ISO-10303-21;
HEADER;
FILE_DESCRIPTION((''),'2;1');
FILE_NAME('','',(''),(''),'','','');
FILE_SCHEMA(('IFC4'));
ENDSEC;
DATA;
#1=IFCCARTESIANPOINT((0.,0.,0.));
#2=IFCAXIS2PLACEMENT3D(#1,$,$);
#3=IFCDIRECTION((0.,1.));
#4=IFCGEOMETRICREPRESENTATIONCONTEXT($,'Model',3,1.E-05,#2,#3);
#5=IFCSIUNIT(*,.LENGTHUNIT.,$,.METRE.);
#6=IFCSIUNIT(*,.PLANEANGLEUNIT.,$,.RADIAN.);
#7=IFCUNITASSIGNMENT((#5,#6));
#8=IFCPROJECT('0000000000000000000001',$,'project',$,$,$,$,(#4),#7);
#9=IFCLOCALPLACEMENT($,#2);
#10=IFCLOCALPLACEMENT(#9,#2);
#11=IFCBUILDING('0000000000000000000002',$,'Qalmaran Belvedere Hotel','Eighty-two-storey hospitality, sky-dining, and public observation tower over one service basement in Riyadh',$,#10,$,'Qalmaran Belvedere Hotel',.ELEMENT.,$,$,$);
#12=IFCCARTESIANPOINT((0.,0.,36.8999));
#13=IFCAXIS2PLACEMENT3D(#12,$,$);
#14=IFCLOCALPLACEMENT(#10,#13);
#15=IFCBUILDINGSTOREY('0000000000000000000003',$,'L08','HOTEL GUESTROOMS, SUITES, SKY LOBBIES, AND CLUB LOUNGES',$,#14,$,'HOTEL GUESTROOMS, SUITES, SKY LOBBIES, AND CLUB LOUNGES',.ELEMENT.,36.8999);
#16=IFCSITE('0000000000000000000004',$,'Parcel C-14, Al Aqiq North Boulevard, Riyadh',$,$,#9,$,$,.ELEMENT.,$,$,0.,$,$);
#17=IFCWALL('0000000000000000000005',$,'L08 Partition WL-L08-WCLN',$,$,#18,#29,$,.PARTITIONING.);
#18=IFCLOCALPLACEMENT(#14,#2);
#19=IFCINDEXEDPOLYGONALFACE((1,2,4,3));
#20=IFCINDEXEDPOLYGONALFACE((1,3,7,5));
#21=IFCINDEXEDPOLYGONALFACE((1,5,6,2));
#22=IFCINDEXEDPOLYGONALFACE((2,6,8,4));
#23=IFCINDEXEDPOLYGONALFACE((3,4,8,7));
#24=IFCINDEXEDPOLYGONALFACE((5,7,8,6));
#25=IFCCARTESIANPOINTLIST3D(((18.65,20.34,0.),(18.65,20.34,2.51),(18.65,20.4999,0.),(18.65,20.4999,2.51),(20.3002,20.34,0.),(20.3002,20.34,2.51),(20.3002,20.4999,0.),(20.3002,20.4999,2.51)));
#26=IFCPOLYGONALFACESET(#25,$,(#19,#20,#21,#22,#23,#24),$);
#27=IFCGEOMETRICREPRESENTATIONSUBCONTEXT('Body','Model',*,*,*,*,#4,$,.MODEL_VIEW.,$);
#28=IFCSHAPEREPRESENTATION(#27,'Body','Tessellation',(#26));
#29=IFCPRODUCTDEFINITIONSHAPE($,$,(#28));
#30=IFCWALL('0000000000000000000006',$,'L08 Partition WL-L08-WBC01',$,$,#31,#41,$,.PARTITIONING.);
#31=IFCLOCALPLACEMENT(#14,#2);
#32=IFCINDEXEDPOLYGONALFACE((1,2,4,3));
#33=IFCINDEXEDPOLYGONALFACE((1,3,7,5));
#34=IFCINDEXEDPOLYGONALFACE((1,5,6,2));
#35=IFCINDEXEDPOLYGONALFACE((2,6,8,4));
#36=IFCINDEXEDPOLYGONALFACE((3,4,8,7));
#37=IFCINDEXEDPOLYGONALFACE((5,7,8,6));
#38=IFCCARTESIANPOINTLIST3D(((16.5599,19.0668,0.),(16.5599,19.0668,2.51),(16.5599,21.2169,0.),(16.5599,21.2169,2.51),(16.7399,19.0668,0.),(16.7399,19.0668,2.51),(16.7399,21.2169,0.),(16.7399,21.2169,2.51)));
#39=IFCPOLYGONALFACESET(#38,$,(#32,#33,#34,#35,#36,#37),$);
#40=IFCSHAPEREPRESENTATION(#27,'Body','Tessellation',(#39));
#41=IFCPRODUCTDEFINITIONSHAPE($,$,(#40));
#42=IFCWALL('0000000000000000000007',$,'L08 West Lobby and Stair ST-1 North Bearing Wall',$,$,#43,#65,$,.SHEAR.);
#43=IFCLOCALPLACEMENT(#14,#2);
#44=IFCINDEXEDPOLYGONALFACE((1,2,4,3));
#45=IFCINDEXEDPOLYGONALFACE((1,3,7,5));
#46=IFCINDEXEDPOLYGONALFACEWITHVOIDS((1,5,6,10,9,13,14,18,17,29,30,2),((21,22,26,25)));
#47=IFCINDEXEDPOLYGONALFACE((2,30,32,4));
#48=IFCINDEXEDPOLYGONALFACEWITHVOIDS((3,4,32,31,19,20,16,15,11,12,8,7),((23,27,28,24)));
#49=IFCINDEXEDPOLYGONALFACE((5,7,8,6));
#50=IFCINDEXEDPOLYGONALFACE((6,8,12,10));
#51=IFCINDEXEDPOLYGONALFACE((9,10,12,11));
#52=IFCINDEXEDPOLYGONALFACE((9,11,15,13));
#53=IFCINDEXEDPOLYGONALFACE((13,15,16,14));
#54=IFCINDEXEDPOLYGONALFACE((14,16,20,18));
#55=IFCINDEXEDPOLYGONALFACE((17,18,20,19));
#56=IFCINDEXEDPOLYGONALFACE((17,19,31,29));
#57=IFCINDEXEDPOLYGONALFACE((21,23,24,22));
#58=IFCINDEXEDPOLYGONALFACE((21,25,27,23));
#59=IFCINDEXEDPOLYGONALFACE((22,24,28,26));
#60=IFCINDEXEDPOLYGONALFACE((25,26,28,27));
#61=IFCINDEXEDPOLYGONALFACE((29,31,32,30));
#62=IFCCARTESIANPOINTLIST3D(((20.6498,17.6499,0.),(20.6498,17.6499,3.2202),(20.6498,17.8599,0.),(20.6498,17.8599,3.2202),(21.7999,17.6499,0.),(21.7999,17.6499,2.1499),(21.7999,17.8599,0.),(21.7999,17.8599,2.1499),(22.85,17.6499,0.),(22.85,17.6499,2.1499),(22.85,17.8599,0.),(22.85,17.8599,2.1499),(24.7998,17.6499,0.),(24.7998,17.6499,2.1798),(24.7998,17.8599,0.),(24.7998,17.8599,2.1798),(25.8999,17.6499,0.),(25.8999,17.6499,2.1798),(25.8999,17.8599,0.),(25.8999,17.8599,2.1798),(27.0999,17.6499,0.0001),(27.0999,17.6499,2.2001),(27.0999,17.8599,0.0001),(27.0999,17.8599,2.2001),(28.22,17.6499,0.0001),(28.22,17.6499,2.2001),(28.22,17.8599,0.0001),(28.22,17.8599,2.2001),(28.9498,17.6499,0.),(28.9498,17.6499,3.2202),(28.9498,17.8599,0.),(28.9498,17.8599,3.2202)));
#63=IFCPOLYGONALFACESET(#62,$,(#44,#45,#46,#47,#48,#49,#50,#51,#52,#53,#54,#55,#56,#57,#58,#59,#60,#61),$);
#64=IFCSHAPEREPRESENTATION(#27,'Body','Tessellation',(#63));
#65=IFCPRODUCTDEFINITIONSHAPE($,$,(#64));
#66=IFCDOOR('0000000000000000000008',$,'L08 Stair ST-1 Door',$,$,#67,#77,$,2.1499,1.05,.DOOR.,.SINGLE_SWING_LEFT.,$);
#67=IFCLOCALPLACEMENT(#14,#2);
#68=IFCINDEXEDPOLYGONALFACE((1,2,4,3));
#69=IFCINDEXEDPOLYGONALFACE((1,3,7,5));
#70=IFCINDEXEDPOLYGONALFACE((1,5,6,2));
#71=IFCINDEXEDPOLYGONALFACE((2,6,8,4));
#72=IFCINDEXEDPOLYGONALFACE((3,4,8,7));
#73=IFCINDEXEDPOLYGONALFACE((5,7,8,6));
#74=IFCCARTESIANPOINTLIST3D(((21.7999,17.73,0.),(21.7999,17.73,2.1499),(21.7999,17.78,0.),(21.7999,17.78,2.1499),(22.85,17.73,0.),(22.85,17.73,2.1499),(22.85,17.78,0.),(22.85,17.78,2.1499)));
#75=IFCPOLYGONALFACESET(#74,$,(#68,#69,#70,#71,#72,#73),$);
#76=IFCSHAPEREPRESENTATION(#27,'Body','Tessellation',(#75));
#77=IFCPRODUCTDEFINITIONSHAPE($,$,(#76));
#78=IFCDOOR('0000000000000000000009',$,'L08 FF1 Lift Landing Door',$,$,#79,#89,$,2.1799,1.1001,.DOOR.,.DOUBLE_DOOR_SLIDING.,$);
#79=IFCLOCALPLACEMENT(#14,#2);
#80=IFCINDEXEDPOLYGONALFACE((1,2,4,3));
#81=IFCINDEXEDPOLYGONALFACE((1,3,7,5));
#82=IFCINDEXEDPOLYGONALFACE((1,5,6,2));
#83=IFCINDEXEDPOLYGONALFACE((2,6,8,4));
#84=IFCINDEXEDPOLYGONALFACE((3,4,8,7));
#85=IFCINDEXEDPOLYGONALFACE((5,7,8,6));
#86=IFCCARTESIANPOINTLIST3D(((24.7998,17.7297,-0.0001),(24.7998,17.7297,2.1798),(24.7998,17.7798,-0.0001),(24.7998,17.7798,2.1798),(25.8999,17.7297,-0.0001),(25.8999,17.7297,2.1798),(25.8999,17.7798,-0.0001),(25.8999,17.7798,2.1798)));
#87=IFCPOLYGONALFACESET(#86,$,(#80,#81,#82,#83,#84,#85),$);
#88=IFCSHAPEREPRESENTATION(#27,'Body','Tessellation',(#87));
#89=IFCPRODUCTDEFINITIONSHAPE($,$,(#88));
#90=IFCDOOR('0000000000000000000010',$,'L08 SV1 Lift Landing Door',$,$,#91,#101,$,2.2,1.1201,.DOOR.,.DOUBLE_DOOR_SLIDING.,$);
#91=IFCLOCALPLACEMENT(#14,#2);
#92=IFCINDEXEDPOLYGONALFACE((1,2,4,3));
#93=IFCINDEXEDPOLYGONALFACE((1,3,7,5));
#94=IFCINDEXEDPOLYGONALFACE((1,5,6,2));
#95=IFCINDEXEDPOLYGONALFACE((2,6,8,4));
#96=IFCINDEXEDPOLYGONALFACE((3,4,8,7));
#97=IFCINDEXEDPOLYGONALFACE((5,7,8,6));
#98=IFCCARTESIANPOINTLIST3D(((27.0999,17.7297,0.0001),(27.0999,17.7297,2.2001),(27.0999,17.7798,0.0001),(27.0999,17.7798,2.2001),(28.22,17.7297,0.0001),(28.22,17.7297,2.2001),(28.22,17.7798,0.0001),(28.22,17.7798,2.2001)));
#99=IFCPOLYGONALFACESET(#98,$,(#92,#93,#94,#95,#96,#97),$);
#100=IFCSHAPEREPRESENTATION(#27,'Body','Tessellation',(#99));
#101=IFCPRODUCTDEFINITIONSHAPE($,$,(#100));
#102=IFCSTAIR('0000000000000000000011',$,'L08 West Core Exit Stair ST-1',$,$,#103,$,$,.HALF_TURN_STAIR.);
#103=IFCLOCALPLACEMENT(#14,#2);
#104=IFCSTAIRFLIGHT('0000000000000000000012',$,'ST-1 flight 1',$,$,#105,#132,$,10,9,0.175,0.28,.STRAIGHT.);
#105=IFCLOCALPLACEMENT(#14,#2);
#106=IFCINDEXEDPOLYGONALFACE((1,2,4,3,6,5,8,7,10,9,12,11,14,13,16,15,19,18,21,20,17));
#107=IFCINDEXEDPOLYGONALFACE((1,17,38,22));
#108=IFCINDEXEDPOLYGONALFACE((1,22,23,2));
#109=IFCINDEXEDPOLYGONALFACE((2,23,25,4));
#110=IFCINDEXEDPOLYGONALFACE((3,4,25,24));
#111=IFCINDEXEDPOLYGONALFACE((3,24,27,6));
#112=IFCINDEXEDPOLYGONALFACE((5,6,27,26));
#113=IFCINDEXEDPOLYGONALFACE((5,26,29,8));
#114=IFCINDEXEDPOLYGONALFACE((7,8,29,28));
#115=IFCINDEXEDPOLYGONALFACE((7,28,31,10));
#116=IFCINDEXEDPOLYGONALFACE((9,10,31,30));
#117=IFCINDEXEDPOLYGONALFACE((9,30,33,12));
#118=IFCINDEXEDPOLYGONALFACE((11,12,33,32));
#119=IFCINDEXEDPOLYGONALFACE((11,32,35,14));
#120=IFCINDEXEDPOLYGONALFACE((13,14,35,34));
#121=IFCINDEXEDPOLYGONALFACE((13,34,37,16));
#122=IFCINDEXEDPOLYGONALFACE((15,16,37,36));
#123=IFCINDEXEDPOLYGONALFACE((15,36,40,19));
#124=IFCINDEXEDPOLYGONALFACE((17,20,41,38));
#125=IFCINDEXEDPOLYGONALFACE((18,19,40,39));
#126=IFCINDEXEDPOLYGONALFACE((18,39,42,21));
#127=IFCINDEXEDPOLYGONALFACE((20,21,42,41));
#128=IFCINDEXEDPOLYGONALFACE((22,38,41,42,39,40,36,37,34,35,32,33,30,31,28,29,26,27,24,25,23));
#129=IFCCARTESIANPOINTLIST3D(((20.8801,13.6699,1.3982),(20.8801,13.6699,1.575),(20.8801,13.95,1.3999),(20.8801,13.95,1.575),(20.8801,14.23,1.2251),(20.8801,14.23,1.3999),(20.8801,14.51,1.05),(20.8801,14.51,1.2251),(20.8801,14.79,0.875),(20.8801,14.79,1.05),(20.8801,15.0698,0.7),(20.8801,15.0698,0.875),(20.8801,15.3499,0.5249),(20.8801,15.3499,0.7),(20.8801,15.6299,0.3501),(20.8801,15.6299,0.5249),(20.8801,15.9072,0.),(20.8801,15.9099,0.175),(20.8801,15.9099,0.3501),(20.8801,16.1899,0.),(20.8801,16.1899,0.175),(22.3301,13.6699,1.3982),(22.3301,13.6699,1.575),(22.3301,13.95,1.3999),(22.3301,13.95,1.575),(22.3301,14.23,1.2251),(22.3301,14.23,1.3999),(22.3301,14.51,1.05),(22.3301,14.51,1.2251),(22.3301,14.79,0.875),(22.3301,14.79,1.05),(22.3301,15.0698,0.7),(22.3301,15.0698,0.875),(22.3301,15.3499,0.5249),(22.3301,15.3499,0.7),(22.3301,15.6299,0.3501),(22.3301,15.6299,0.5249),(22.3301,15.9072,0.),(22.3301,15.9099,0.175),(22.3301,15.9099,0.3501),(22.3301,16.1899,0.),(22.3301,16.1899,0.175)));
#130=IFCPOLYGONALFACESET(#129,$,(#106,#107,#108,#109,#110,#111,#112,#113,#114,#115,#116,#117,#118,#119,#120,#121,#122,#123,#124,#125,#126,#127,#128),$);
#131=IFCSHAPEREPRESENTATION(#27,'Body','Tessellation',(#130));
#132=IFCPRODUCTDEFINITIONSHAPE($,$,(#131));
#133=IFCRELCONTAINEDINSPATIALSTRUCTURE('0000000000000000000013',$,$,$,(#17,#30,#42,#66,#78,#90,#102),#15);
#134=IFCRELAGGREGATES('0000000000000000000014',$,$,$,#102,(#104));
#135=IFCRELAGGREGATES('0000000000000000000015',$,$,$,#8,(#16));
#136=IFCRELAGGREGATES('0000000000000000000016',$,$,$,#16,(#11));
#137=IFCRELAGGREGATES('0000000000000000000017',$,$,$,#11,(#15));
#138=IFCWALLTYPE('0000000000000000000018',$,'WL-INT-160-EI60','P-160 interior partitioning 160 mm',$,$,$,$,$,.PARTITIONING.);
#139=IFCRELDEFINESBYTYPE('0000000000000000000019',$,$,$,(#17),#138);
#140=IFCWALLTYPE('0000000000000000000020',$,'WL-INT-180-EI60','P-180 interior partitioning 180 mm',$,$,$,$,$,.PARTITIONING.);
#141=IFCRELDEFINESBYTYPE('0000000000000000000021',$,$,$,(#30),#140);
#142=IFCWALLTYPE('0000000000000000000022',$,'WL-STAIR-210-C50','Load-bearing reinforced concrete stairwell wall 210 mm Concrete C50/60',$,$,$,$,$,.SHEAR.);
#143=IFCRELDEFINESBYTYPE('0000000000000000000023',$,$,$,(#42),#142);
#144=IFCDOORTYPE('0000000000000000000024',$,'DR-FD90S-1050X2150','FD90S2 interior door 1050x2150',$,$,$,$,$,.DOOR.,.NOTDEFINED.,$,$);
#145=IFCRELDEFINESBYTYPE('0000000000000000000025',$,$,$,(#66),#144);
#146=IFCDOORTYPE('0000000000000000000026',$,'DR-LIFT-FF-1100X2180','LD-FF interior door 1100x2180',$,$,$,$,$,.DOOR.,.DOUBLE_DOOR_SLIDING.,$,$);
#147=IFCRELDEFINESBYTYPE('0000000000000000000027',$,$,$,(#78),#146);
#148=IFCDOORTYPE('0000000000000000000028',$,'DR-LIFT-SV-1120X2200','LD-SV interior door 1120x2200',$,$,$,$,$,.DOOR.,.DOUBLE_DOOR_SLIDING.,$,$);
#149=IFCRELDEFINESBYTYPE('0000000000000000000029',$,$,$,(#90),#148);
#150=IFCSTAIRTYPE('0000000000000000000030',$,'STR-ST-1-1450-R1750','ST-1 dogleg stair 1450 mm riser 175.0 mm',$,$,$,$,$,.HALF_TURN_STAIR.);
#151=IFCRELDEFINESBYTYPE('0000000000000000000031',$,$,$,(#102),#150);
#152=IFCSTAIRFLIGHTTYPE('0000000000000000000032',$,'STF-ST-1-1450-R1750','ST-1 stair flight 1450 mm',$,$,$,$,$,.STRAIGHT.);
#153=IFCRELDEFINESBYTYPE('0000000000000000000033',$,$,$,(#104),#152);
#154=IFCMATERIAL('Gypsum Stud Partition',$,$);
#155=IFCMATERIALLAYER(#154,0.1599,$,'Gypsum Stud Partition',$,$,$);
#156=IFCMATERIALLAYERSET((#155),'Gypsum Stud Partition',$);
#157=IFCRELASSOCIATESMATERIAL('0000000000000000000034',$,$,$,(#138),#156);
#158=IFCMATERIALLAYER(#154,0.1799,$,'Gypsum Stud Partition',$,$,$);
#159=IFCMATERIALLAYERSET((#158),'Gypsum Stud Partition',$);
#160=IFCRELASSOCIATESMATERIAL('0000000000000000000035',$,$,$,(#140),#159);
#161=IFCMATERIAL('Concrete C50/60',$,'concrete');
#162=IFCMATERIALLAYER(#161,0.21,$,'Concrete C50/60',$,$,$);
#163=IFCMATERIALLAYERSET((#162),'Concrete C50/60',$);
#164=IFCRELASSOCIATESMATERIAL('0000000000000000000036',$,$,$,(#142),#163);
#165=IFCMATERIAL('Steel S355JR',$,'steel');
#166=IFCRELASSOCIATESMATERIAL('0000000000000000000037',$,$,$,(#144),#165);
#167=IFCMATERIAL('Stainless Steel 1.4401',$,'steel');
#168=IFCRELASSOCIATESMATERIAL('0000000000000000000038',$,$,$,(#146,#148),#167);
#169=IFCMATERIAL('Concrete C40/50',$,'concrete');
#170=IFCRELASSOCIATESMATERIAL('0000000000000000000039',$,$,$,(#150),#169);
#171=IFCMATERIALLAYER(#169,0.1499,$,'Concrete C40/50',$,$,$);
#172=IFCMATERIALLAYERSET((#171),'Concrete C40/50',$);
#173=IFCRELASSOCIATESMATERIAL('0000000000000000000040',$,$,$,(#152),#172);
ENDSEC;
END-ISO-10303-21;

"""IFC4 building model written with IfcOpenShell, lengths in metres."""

from ifc_helpers import new_model, si_unit, direction, frame, frame_2d, origin, place, context, subcontext, project, spatial, polyline, rectangle, outline, extrude, material, layer, layer_set, type_object, element, fill, aggregate, save


model = new_model("IFC4")

# Units and contexts
model_context = context("Model", 3, precision=1e-05, world=origin(), true_north=direction((0.0, 1.0)))
body_context = subcontext(model_context, "Body", "Model", "MODEL_VIEW")
ifc_project = project(units=[si_unit("LENGTHUNIT", "METRE"), si_unit("PLANEANGLEUNIT", "RADIAN")], contexts=[model_context])

# Site, building, storey
site_placement = place(None, origin())
site = spatial("IfcSite", under=ifc_project, at=site_placement, Name="Parcel C-14, Al Aqiq North Boulevard, Riyadh", CompositionType="ELEMENT", RefElevation=0.0)
building_placement = place(site_placement, origin())
building = spatial("IfcBuilding", under=site, at=building_placement, Name="Qalmaran Belvedere Hotel", Description="Eighty-two-storey hospitality, sky-dining, and public observation tower over one service basement in Riyadh", LongName="Qalmaran Belvedere Hotel", CompositionType="ELEMENT")
storey_placement = place(building_placement, frame((0.0, 0.0, 36.8999)))
storey = spatial("IfcBuildingStorey", under=building, at=storey_placement, Name="L08", Description="HOTEL GUESTROOMS, SUITES, SKY LOBBIES, AND CLUB LOUNGES", LongName="HOTEL GUESTROOMS, SUITES, SKY LOBBIES, AND CLUB LOUNGES", CompositionType="ELEMENT", Elevation=36.8999)

# Shared definitions
ifc_material_1 = material(Name="Steel S355JR", Category="steel")

# Shared definitions
ifc_material_2 = material(Name="Gypsum Stud Partition")
ifc_layer_1 = layer(ifc_material_2, 0.1599, Name="Gypsum Stud Partition")
ifc_layer_set_1 = layer_set([ifc_layer_1], Name="Gypsum Stud Partition")
wall_type_1 = type_object("IfcWallType", Name="WL-INT-160-EI60", Description="P-160 interior partitioning 160 mm", PredefinedType="PARTITIONING", material=ifc_layer_set_1)

# Wall
wall_1_placement = place(storey_placement, frame((18.6499, 20.4199, 0.0), z_axis=(0.0, 0.0, 1.0), x_axis=(1.0, 0.0, 0.0)))
element("IfcWall", 1, at=wall_1_placement, inside=storey, type_object=wall_type_1, Name="L08 Partition WL-L08-WCLN", PredefinedType="PARTITIONING", context=body_context, shape_type="SweptSolid", body=[
    extrude(rectangle(XDim=1.6501, YDim=0.1599, at=frame_2d((0.8252, 0.0))), origin(), (0.0, 0.0, 1.0), 2.51),
])

# Shared definitions
ifc_layer_2 = layer(ifc_material_2, 0.1799, Name="Gypsum Stud Partition")
ifc_layer_set_2 = layer_set([ifc_layer_2], Name="Gypsum Stud Partition")
wall_type_2 = type_object("IfcWallType", Name="WL-INT-180-EI60", Description="P-180 interior partitioning 180 mm", PredefinedType="PARTITIONING", material=ifc_layer_set_2)

# Wall
wall_2_placement = place(storey_placement, frame((16.6499, 19.0667, 0.0), z_axis=(0.0, 0.0, 1.0), x_axis=(0.0, 1.0, 0.0)))
element("IfcWall", 2, at=wall_2_placement, inside=storey, type_object=wall_type_2, Name="L08 Partition WL-L08-WBC01", PredefinedType="PARTITIONING", context=body_context, shape_type="SweptSolid", body=[
    extrude(rectangle(XDim=2.1501, YDim=0.1799, at=frame_2d((1.0752, 0.0))), origin(), (0.0, 0.0, 1.0), 2.51),
])

# Wall, openings, doors
ifc_material_3 = material(Name="Concrete C50/60", Category="concrete")
ifc_layer_3 = layer(ifc_material_3, 0.21, Name="Concrete C50/60")
ifc_layer_set_3 = layer_set([ifc_layer_3], Name="Concrete C50/60")
wall_type_3 = type_object("IfcWallType", Name="WL-STAIR-210-C50", Description="Load-bearing reinforced concrete stairwell wall 210 mm Concrete C50/60", PredefinedType="SHEAR", material=ifc_layer_set_3)
wall_3_placement = place(storey_placement, frame((20.6499, 17.7549, 0.0), z_axis=(0.0, 0.0, 1.0), x_axis=(1.0, 0.0, 0.0)))
wall_3 = element("IfcWall", 3, at=wall_3_placement, inside=storey, type_object=wall_type_3, Name="L08 West Lobby and Stair ST-1 North Bearing Wall", PredefinedType="SHEAR", context=body_context, shape_type="SweptSolid", body=[
    extrude(rectangle(XDim=8.3, YDim=0.21, at=frame_2d((4.1499, 0.0))), origin(), (0.0, 0.0, 1.0), 3.2202),
])
opening_1_placement = place(wall_3_placement, frame((2.2, 0.0, 0.0), z_axis=(0.0, 0.0, 1.0), x_axis=(-1.0, 0.0, 0.0)))
opening_1 = element("IfcOpeningElement", 4, at=opening_1_placement, cuts=wall_3, PredefinedType="OPENING", context=body_context, shape_type="SweptSolid", body=[
    extrude(rectangle(XDim=1.05, YDim=2.1499, at=frame_2d((0.5249, 1.075))), frame((0.0, 0.115, 0.0), z_axis=(0.0, -1.0, 0.0), x_axis=(1.0, 0.0, 0.0)), (0.0, 0.0, 1.0), 0.23),
])
opening_2_placement = place(wall_3_placement, frame((4.1499, 0.0, 0.0)))
opening_2 = element("IfcOpeningElement", 5, at=opening_2_placement, cuts=wall_3, PredefinedType="OPENING", context=body_context, shape_type="SweptSolid", body=[
    extrude(rectangle(XDim=1.1001, YDim=2.1799, at=frame_2d((0.55, 1.0898))), frame((0.0, 0.115, 0.0), z_axis=(0.0, -1.0, 0.0), x_axis=(1.0, 0.0, 0.0)), (0.0, 0.0, 1.0), 0.23),
])
opening_3_placement = place(wall_3_placement, frame((6.45, 0.0, 0.0)))
opening_3 = element("IfcOpeningElement", 6, at=opening_3_placement, cuts=wall_3, PredefinedType="OPENING", context=body_context, shape_type="SweptSolid", body=[
    extrude(rectangle(XDim=1.1201, YDim=2.2, at=frame_2d((0.5601, 1.1001))), frame((0.0, 0.115, 0.0), z_axis=(0.0, -1.0, 0.0), x_axis=(1.0, 0.0, 0.0)), (0.0, 0.0, 1.0), 0.23),
])
door_type_1 = type_object("IfcDoorType", Name="DR-FD90S-1050X2150", Description="FD90S2 interior door 1050x2150", OperationType="NOTDEFINED", PredefinedType="DOOR", material=ifc_material_1)
door_1_placement = place(opening_1_placement, origin())
door_1 = element("IfcDoor", 7, at=door_1_placement, inside=storey, type_object=door_type_1, Name="L08 Stair ST-1 Door", OperationType="SINGLE_SWING_LEFT", OverallHeight=2.1499, OverallWidth=1.05, PredefinedType="DOOR", context=body_context, shape_type="SweptSolid", body=[
    extrude(rectangle(XDim=1.05, YDim=2.1499, at=frame_2d((0.5249, 1.075))), frame((0.0, 0.0249, 0.0), z_axis=(0.0, -1.0, 0.0), x_axis=(1.0, 0.0, 0.0)), (0.0, 0.0, 1.0), 0.05),
])
fill(opening_1, door_1)
ifc_material_4 = material(Name="Stainless Steel 1.4401", Category="steel")
door_type_2 = type_object("IfcDoorType", Name="DR-LIFT-FF-1100X2180", Description="LD-FF interior door 1100x2180", OperationType="DOUBLE_DOOR_SLIDING", PredefinedType="DOOR", material=ifc_material_4)
door_2_placement = place(opening_2_placement, origin())
door_2 = element("IfcDoor", 8, at=door_2_placement, inside=storey, type_object=door_type_2, Name="L08 FF1 Lift Landing Door", OperationType="DOUBLE_DOOR_SLIDING", OverallHeight=2.1799, OverallWidth=1.1001, PredefinedType="DOOR", context=body_context, shape_type="SweptSolid", body=[
    extrude(rectangle(XDim=1.1001, YDim=2.1799, at=frame_2d((0.55, 1.0898))), frame((0.0, 0.0249, 0.0), z_axis=(0.0, -1.0, 0.0), x_axis=(1.0, 0.0, 0.0)), (0.0, 0.0, 1.0), 0.05),
])
fill(opening_2, door_2)
door_type_3 = type_object("IfcDoorType", Name="DR-LIFT-SV-1120X2200", Description="LD-SV interior door 1120x2200", OperationType="DOUBLE_DOOR_SLIDING", PredefinedType="DOOR", material=ifc_material_4)
door_3_placement = place(opening_3_placement, origin())
door_3 = element("IfcDoor", 9, at=door_3_placement, inside=storey, type_object=door_type_3, Name="L08 SV1 Lift Landing Door", OperationType="DOUBLE_DOOR_SLIDING", OverallHeight=2.2, OverallWidth=1.1201, PredefinedType="DOOR", context=body_context, shape_type="SweptSolid", body=[
    extrude(rectangle(XDim=1.1201, YDim=2.2, at=frame_2d((0.5601, 1.1001))), frame((0.0, 0.0249, 0.0), z_axis=(0.0, -1.0, 0.0), x_axis=(1.0, 0.0, 0.0)), (0.0, 0.0, 1.0), 0.05),
])
fill(opening_3, door_3)

# Stair, stair flight
ifc_material_5 = material(Name="Concrete C40/50", Category="concrete")
stair_type = type_object("IfcStairType", Name="STR-ST-1-1450-R1750", Description="ST-1 dogleg stair 1450 mm riser 175.0 mm", PredefinedType="HALF_TURN_STAIR", material=ifc_material_5)
stair_placement = place(storey_placement, origin())
stair = element("IfcStair", 10, at=stair_placement, inside=storey, type_object=stair_type, Name="L08 West Core Exit Stair ST-1", PredefinedType="HALF_TURN_STAIR")
ifc_layer_4 = layer(ifc_material_5, 0.1499, Name="Concrete C40/50")
ifc_layer_set_4 = layer_set([ifc_layer_4], Name="Concrete C40/50")
stair_flight_type = type_object("IfcStairFlightType", Name="STF-ST-1-1450-R1750", Description="ST-1 stair flight 1450 mm", PredefinedType="STRAIGHT", material=ifc_layer_set_4)
stair_flight_placement = place(storey_placement, frame((21.605, 16.1899, 0.0), z_axis=(0.0, 0.0, 1.0), x_axis=(0.0, -1.0, 0.0)))
stair_flight = element("IfcStairFlight", 11, at=stair_flight_placement, type_object=stair_flight_type, Name="ST-1 flight 1", NumberOfRisers=10, NumberOfTreads=9, PredefinedType="STRAIGHT", RiserHeight=0.175, TreadLength=0.28, context=body_context, shape_type="SweptSolid", body=[
    extrude(outline(polyline([(0.0, 0.0), (0.0, 0.175), (0.28, 0.175), (0.28, 0.3501), (0.5601, 0.3501), (0.5601, 0.5249), (0.8401, 0.5249), (0.8401, 0.7), (1.1201, 0.7), (1.1201, 0.875), (1.3999, 0.875), (1.3999, 1.05), (1.6799, 1.05), (1.6799, 1.2251), (1.96, 1.2251), (1.96, 1.3999), (2.24, 1.3999), (2.24, 1.575), (2.52, 1.575), (2.52, 1.75), (2.52, 1.3982), (0.2827, 0.0), (0.0, 0.0)])), frame((0.0, 0.7251, 0.0), z_axis=(0.0, -1.0, 0.0), x_axis=(1.0, 0.0, 0.0)), (0.0, 0.0, 1.0), 1.45),
])
aggregate(stair, [stair_flight])

save(model, "model.ifc")
